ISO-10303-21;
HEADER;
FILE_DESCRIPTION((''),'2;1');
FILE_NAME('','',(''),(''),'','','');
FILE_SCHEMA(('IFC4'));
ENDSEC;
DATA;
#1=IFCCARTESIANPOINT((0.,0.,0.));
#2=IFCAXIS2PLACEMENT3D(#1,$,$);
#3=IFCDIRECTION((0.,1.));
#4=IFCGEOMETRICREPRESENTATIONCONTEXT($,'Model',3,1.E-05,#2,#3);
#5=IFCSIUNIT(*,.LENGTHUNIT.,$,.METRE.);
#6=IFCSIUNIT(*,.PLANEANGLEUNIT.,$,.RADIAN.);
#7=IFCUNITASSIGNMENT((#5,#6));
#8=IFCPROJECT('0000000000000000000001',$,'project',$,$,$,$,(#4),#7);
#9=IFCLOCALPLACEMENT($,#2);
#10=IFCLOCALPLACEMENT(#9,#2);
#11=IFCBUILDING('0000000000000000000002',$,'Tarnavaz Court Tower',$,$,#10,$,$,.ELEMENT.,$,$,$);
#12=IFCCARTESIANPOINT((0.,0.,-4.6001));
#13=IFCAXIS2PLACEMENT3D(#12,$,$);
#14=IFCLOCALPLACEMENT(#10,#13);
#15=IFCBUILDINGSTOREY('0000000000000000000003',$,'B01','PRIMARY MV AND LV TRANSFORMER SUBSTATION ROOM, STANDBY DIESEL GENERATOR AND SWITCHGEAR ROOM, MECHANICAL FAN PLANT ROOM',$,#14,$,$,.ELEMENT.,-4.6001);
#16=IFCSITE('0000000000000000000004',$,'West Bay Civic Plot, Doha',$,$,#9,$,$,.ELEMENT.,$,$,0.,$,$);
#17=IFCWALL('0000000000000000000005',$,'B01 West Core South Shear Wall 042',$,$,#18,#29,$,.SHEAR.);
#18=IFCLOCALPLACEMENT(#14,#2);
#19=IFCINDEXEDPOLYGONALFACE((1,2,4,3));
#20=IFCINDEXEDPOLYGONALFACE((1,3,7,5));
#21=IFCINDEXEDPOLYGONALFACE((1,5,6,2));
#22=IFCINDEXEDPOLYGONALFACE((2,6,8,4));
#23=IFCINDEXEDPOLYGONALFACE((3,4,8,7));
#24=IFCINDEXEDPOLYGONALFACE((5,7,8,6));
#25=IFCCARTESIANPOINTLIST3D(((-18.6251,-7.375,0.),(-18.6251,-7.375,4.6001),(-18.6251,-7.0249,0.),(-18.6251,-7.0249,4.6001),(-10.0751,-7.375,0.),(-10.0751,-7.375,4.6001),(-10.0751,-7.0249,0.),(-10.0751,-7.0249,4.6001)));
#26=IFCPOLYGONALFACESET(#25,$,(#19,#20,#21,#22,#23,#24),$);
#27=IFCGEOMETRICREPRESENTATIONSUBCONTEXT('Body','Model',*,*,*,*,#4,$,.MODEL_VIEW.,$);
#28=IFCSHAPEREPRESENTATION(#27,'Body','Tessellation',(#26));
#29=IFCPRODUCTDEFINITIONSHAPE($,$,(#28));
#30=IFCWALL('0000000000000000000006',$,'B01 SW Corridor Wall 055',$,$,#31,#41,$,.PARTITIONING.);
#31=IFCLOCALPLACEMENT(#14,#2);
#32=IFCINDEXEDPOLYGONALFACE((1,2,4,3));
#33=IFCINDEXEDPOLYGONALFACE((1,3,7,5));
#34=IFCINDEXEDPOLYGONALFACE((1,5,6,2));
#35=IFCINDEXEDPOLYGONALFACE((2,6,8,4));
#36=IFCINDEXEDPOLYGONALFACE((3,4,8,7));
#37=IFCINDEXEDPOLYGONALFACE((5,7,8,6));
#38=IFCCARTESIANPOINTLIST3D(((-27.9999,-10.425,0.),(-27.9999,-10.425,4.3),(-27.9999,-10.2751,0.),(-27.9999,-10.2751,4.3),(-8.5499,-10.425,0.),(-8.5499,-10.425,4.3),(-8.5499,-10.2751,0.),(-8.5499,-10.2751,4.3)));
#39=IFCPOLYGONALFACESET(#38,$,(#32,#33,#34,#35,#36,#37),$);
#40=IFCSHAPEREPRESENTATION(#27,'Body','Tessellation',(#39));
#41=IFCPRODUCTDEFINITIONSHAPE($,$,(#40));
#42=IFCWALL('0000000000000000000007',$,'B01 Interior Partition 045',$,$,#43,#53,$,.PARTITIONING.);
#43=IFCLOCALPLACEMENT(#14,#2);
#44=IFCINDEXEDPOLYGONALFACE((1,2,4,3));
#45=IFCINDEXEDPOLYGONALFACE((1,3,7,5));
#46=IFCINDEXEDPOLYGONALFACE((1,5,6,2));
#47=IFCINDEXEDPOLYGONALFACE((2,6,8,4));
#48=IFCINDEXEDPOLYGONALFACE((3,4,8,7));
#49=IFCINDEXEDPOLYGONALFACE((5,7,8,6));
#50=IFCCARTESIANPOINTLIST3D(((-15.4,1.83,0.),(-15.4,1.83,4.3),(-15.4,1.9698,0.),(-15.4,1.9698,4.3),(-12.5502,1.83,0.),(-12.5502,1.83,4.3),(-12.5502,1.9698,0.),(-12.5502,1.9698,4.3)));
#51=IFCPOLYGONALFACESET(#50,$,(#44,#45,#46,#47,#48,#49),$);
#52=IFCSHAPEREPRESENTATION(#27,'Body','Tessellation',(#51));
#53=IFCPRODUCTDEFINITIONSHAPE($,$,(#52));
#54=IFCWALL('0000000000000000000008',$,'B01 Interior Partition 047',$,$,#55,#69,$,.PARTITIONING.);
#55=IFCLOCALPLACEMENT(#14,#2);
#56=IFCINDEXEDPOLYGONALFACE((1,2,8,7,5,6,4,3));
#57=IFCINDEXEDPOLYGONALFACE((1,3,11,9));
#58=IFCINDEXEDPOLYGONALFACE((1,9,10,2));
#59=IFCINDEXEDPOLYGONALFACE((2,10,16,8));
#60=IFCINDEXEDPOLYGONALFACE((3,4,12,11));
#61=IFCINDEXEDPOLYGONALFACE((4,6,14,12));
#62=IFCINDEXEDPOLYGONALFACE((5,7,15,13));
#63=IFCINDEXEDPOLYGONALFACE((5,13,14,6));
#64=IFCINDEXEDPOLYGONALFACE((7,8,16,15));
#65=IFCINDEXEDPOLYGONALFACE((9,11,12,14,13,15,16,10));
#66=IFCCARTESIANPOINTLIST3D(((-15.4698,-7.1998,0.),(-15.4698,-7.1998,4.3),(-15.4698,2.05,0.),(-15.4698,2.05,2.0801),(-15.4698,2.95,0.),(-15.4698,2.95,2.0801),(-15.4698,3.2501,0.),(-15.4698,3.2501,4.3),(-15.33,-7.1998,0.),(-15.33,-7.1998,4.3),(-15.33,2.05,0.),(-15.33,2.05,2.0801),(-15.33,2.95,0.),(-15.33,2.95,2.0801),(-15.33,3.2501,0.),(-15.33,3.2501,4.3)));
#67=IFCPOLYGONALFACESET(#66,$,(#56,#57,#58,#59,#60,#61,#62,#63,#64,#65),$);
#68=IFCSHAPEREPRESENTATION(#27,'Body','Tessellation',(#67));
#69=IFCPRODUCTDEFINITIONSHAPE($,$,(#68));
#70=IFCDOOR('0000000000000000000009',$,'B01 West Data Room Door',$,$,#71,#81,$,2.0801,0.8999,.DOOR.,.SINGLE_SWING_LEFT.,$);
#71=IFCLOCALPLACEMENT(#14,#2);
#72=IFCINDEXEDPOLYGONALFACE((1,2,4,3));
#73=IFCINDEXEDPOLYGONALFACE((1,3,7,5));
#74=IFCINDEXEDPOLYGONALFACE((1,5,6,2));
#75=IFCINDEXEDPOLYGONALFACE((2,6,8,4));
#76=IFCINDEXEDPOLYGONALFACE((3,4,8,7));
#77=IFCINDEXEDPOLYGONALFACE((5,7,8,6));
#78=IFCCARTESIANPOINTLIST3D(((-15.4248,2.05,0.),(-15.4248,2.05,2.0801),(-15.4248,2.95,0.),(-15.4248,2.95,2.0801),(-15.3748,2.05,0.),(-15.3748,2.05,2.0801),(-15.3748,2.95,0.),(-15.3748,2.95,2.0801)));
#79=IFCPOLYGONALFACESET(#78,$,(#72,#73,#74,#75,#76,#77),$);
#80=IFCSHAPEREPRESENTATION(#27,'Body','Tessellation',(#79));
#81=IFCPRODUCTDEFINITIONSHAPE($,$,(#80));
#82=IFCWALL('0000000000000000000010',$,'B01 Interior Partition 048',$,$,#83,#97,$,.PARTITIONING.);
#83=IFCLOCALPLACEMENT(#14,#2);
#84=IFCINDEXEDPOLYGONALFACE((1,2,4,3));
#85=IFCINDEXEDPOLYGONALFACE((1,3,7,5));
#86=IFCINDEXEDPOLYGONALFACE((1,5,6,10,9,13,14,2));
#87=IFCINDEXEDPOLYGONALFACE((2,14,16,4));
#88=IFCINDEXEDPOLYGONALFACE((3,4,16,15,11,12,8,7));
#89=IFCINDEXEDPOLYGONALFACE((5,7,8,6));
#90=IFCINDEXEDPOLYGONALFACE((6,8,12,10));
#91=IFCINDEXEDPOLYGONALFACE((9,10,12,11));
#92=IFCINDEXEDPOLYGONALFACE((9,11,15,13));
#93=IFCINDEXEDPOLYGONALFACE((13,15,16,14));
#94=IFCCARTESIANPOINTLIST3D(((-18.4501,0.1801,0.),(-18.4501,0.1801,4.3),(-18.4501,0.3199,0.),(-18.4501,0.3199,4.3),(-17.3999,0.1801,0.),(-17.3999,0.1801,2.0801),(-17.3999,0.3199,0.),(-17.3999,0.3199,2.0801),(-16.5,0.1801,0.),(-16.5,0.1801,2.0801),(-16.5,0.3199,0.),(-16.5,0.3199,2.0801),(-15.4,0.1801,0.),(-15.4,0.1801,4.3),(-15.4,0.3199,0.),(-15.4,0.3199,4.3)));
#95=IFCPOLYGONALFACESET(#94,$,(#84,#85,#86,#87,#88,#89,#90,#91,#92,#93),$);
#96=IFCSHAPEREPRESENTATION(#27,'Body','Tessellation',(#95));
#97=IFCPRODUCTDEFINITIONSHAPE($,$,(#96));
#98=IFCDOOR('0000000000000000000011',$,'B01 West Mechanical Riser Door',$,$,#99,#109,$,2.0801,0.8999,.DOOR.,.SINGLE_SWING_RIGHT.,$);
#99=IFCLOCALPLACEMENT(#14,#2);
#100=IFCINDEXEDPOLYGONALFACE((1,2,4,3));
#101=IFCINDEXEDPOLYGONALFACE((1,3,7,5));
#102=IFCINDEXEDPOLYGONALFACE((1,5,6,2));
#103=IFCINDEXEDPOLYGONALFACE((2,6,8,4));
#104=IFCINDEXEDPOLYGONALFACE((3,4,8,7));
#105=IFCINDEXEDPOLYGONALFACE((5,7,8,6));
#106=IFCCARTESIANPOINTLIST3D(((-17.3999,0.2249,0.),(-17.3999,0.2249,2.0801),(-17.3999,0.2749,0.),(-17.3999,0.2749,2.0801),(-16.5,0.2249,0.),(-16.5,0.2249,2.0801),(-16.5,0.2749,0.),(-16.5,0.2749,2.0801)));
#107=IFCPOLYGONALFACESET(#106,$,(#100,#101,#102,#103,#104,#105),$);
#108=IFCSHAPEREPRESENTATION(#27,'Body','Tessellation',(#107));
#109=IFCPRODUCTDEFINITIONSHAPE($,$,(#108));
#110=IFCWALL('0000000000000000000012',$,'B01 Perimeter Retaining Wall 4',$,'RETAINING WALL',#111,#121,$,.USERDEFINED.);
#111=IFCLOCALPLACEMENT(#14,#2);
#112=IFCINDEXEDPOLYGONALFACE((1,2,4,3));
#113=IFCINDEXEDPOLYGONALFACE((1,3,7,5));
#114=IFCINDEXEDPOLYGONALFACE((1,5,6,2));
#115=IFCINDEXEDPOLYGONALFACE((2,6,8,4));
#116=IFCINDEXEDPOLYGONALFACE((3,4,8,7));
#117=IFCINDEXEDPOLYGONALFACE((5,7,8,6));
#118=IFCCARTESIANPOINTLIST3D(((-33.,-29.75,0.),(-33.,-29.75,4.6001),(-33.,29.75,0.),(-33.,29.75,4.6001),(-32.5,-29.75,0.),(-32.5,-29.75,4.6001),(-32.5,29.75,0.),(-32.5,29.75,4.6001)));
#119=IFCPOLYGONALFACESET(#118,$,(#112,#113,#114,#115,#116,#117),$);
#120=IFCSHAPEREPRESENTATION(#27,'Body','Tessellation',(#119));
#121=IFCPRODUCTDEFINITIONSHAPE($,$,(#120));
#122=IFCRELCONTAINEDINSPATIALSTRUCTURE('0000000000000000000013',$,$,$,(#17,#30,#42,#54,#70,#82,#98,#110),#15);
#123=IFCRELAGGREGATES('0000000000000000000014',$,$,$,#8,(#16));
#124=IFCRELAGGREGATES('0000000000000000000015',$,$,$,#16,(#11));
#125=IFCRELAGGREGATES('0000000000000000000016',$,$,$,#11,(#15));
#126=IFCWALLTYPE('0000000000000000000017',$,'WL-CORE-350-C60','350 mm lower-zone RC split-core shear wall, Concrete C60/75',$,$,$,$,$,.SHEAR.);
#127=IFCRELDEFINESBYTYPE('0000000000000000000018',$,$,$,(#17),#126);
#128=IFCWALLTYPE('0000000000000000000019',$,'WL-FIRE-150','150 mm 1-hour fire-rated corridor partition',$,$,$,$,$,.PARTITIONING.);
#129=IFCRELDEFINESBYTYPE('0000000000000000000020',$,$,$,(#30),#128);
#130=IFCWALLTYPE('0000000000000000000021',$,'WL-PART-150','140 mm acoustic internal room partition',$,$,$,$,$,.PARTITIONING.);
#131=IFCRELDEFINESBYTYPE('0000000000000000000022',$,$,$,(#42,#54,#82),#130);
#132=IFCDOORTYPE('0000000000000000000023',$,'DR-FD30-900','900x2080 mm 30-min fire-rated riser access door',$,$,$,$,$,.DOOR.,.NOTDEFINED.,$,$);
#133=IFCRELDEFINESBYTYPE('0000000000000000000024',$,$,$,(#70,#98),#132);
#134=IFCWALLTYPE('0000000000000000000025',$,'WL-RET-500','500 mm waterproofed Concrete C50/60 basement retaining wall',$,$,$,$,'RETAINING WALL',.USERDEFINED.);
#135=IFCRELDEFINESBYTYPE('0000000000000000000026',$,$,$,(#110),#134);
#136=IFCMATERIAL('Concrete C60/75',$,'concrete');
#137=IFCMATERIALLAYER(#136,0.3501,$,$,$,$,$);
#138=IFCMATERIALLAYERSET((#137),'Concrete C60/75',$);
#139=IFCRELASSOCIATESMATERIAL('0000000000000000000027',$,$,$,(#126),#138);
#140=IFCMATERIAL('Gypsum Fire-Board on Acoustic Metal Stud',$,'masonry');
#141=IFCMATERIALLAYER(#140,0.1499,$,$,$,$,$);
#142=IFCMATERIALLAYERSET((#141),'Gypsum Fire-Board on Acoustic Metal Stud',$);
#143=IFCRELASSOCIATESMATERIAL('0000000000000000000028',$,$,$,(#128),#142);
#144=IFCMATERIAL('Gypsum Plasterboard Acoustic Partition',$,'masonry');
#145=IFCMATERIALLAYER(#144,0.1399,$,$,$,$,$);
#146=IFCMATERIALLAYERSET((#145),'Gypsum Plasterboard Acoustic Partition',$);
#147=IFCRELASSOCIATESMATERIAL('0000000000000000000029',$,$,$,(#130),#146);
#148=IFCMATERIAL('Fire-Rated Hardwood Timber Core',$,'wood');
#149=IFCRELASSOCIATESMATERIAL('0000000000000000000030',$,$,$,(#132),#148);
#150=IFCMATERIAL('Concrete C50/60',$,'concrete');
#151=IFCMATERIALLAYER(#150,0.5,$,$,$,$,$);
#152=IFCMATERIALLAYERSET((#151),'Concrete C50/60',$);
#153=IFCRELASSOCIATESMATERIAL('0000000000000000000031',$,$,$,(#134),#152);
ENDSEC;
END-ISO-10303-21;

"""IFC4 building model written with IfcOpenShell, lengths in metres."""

from ifc_helpers import new_model, si_unit, direction, frame, frame_2d, origin, place, context, subcontext, project, spatial, rectangle, extrude, material, layer, layer_set, type_object, element, fill, save


model = new_model("IFC4")

# Units and contexts
model_context = context("Model", 3, precision=1e-05, world=origin(), true_north=direction((0.0, 1.0)))
body_context = subcontext(model_context, "Body", "Model", "MODEL_VIEW")
ifc_project = project(units=[si_unit("LENGTHUNIT", "METRE"), si_unit("PLANEANGLEUNIT", "RADIAN")], contexts=[model_context])

# Site, building, storey
site_placement = place(None, origin())
site = spatial("IfcSite", under=ifc_project, at=site_placement, Name="West Bay Civic Plot, Doha", CompositionType="ELEMENT", RefElevation=0.0)
building_placement = place(site_placement, origin())
building = spatial("IfcBuilding", under=site, at=building_placement, Name="Tarnavaz Court Tower", CompositionType="ELEMENT")
storey_placement = place(building_placement, frame((0.0, 0.0, -4.6001)))
storey = spatial("IfcBuildingStorey", under=building, at=storey_placement, Name="B01", Description="PRIMARY MV AND LV TRANSFORMER SUBSTATION ROOM, STANDBY DIESEL GENERATOR AND SWITCHGEAR ROOM, MECHANICAL FAN PLANT ROOM", CompositionType="ELEMENT", Elevation=-4.6001)

# Shared definitions
ifc_material_1 = material(Name="Concrete C60/75", Category="concrete")
ifc_material_2 = material(Name="Concrete C50/60", Category="concrete")

# Walls
ifc_layer_1 = layer(ifc_material_1, 0.3501)
ifc_layer_set_1 = layer_set([ifc_layer_1], Name="Concrete C60/75")
wall_type_1 = type_object("IfcWallType", Name="WL-CORE-350-C60", Description="350 mm lower-zone RC split-core shear wall, Concrete C60/75", PredefinedType="SHEAR", material=ifc_layer_set_1)
wall_1_placement = place(storey_placement, frame((-18.625, -7.2, 0.0), z_axis=(0.0, 0.0, 1.0), x_axis=(1.0, 0.0, 0.0)))
element("IfcWall", 1, at=wall_1_placement, inside=storey, type_object=wall_type_1, Name="B01 West Core South Shear Wall 042", PredefinedType="SHEAR", context=body_context, shape_type="SweptSolid", body=[
    extrude(rectangle(XDim=8.55, YDim=0.3501, at=frame_2d((4.2749, 0.0))), origin(), (0.0, 0.0, 1.0), 4.6001),
])
ifc_material_3 = material(Name="Gypsum Fire-Board on Acoustic Metal Stud", Category="masonry")
ifc_layer_2 = layer(ifc_material_3, 0.1499)
ifc_layer_set_2 = layer_set([ifc_layer_2], Name="Gypsum Fire-Board on Acoustic Metal Stud")
wall_type_2 = type_object("IfcWallType", Name="WL-FIRE-150", Description="150 mm 1-hour fire-rated corridor partition", PredefinedType="PARTITIONING", material=ifc_layer_set_2)
wall_2_placement = place(storey_placement, frame((-28.0, -10.3501, 0.0), z_axis=(0.0, 0.0, 1.0), x_axis=(1.0, 0.0, 0.0)))
element("IfcWall", 2, at=wall_2_placement, inside=storey, type_object=wall_type_2, Name="B01 SW Corridor Wall 055", PredefinedType="PARTITIONING", context=body_context, shape_type="SweptSolid", body=[
    extrude(rectangle(XDim=19.45, YDim=0.1499, at=frame_2d((9.7251, 0.0))), origin(), (0.0, 0.0, 1.0), 4.3),
])
ifc_material_4 = material(Name="Gypsum Plasterboard Acoustic Partition", Category="masonry")
ifc_layer_3 = layer(ifc_material_4, 0.1399)
ifc_layer_set_3 = layer_set([ifc_layer_3], Name="Gypsum Plasterboard Acoustic Partition")
wall_type_3 = type_object("IfcWallType", Name="WL-PART-150", Description="140 mm acoustic internal room partition", PredefinedType="PARTITIONING", material=ifc_layer_set_3)
wall_3_placement = place(storey_placement, frame((-15.3999, 1.8999, 0.0), z_axis=(0.0, 0.0, 1.0), x_axis=(1.0, 0.0, 0.0)))
element("IfcWall", 3, at=wall_3_placement, inside=storey, type_object=wall_type_3, Name="B01 Interior Partition 045", PredefinedType="PARTITIONING", context=body_context, shape_type="SweptSolid", body=[
    extrude(rectangle(XDim=2.8499, YDim=0.1399, at=frame_2d((1.4248, 0.0))), origin(), (0.0, 0.0, 1.0), 4.3),
])

# Walls, openings, doors
wall_4_placement = place(storey_placement, frame((-15.3999, -7.2, 0.0), z_axis=(0.0, 0.0, 1.0), x_axis=(0.0, 1.0, 0.0)))
wall_4 = element("IfcWall", 4, at=wall_4_placement, inside=storey, type_object=wall_type_3, Name="B01 Interior Partition 047", PredefinedType="PARTITIONING", context=body_context, shape_type="SweptSolid", body=[
    extrude(rectangle(XDim=10.45, YDim=0.1399, at=frame_2d((5.2251, 0.0))), origin(), (0.0, 0.0, 1.0), 4.3),
])
opening_1_placement = place(wall_4_placement, frame((9.25, 0.0, 0.0)))
opening_1 = element("IfcOpeningElement", 5, at=opening_1_placement, cuts=wall_4, PredefinedType="OPENING", context=body_context, shape_type="SweptSolid", body=[
    extrude(rectangle(XDim=0.8999, YDim=2.0801, at=frame_2d((0.45, 1.04))), frame((0.0, 0.0798, 0.0), z_axis=(0.0, -1.0, 0.0), x_axis=(1.0, 0.0, 0.0)), (0.0, 0.0, 1.0), 0.1599),
])
ifc_material_5 = material(Name="Fire-Rated Hardwood Timber Core", Category="wood")
door_type = type_object("IfcDoorType", Name="DR-FD30-900", Description="900x2080 mm 30-min fire-rated riser access door", OperationType="NOTDEFINED", PredefinedType="DOOR", material=ifc_material_5)
door_1_placement = place(opening_1_placement, origin())
door_1 = element("IfcDoor", 6, at=door_1_placement, inside=storey, type_object=door_type, Name="B01 West Data Room Door", OperationType="SINGLE_SWING_LEFT", OverallHeight=2.0801, OverallWidth=0.8999, PredefinedType="DOOR", context=body_context, shape_type="SweptSolid", body=[
    extrude(rectangle(XDim=0.8999, YDim=2.0801, at=frame_2d((0.45, 1.04))), frame((0.0, 0.0249, 0.0), z_axis=(0.0, -1.0, 0.0), x_axis=(1.0, 0.0, 0.0)), (0.0, 0.0, 1.0), 0.05),
])
fill(opening_1, door_1)
wall_5_placement = place(storey_placement, frame((-18.45, 0.25, 0.0), z_axis=(0.0, 0.0, 1.0), x_axis=(1.0, 0.0, 0.0)))
wall_5 = element("IfcWall", 7, at=wall_5_placement, inside=storey, type_object=wall_type_3, Name="B01 Interior Partition 048", PredefinedType="PARTITIONING", context=body_context, shape_type="SweptSolid", body=[
    extrude(rectangle(XDim=3.05, YDim=0.1399, at=frame_2d((1.5249, 0.0))), origin(), (0.0, 0.0, 1.0), 4.3),
])
opening_2_placement = place(wall_5_placement, frame((1.05, 0.0, 0.0)))
opening_2 = element("IfcOpeningElement", 8, at=opening_2_placement, cuts=wall_5, PredefinedType="OPENING", context=body_context, shape_type="SweptSolid", body=[
    extrude(rectangle(XDim=0.8999, YDim=2.0801, at=frame_2d((0.45, 1.04))), frame((0.0, 0.0798, 0.0), z_axis=(0.0, -1.0, 0.0), x_axis=(1.0, 0.0, 0.0)), (0.0, 0.0, 1.0), 0.1599),
])
door_2_placement = place(opening_2_placement, origin())
door_2 = element("IfcDoor", 9, at=door_2_placement, inside=storey, type_object=door_type, Name="B01 West Mechanical Riser Door", OperationType="SINGLE_SWING_RIGHT", OverallHeight=2.0801, OverallWidth=0.8999, PredefinedType="DOOR", context=body_context, shape_type="SweptSolid", body=[
    extrude(rectangle(XDim=0.8999, YDim=2.0801, at=frame_2d((0.45, 1.04))), frame((0.0, 0.0249, 0.0), z_axis=(0.0, -1.0, 0.0), x_axis=(1.0, 0.0, 0.0)), (0.0, 0.0, 1.0), 0.05),
])
fill(opening_2, door_2)

# Wall
ifc_layer_4 = layer(ifc_material_2, 0.5)
ifc_layer_set_4 = layer_set([ifc_layer_4], Name="Concrete C50/60")
wall_type_4 = type_object("IfcWallType", Name="WL-RET-500", Description="500 mm waterproofed Concrete C50/60 basement retaining wall", ElementType="RETAINING WALL", PredefinedType="USERDEFINED", material=ifc_layer_set_4)
wall_6_placement = place(storey_placement, frame((-32.75, -29.75, 0.0), z_axis=(0.0, 0.0, 1.0), x_axis=(0.0, 1.0, 0.0)))
element("IfcWall", 10, at=wall_6_placement, inside=storey, type_object=wall_type_4, Name="B01 Perimeter Retaining Wall 4", ObjectType="RETAINING WALL", PredefinedType="USERDEFINED", context=body_context, shape_type="SweptSolid", body=[
    extrude(rectangle(XDim=59.5, YDim=0.5, at=frame_2d((29.75, 0.0))), origin(), (0.0, 0.0, 1.0), 4.6001),
])

save(model, "model.ifc")
